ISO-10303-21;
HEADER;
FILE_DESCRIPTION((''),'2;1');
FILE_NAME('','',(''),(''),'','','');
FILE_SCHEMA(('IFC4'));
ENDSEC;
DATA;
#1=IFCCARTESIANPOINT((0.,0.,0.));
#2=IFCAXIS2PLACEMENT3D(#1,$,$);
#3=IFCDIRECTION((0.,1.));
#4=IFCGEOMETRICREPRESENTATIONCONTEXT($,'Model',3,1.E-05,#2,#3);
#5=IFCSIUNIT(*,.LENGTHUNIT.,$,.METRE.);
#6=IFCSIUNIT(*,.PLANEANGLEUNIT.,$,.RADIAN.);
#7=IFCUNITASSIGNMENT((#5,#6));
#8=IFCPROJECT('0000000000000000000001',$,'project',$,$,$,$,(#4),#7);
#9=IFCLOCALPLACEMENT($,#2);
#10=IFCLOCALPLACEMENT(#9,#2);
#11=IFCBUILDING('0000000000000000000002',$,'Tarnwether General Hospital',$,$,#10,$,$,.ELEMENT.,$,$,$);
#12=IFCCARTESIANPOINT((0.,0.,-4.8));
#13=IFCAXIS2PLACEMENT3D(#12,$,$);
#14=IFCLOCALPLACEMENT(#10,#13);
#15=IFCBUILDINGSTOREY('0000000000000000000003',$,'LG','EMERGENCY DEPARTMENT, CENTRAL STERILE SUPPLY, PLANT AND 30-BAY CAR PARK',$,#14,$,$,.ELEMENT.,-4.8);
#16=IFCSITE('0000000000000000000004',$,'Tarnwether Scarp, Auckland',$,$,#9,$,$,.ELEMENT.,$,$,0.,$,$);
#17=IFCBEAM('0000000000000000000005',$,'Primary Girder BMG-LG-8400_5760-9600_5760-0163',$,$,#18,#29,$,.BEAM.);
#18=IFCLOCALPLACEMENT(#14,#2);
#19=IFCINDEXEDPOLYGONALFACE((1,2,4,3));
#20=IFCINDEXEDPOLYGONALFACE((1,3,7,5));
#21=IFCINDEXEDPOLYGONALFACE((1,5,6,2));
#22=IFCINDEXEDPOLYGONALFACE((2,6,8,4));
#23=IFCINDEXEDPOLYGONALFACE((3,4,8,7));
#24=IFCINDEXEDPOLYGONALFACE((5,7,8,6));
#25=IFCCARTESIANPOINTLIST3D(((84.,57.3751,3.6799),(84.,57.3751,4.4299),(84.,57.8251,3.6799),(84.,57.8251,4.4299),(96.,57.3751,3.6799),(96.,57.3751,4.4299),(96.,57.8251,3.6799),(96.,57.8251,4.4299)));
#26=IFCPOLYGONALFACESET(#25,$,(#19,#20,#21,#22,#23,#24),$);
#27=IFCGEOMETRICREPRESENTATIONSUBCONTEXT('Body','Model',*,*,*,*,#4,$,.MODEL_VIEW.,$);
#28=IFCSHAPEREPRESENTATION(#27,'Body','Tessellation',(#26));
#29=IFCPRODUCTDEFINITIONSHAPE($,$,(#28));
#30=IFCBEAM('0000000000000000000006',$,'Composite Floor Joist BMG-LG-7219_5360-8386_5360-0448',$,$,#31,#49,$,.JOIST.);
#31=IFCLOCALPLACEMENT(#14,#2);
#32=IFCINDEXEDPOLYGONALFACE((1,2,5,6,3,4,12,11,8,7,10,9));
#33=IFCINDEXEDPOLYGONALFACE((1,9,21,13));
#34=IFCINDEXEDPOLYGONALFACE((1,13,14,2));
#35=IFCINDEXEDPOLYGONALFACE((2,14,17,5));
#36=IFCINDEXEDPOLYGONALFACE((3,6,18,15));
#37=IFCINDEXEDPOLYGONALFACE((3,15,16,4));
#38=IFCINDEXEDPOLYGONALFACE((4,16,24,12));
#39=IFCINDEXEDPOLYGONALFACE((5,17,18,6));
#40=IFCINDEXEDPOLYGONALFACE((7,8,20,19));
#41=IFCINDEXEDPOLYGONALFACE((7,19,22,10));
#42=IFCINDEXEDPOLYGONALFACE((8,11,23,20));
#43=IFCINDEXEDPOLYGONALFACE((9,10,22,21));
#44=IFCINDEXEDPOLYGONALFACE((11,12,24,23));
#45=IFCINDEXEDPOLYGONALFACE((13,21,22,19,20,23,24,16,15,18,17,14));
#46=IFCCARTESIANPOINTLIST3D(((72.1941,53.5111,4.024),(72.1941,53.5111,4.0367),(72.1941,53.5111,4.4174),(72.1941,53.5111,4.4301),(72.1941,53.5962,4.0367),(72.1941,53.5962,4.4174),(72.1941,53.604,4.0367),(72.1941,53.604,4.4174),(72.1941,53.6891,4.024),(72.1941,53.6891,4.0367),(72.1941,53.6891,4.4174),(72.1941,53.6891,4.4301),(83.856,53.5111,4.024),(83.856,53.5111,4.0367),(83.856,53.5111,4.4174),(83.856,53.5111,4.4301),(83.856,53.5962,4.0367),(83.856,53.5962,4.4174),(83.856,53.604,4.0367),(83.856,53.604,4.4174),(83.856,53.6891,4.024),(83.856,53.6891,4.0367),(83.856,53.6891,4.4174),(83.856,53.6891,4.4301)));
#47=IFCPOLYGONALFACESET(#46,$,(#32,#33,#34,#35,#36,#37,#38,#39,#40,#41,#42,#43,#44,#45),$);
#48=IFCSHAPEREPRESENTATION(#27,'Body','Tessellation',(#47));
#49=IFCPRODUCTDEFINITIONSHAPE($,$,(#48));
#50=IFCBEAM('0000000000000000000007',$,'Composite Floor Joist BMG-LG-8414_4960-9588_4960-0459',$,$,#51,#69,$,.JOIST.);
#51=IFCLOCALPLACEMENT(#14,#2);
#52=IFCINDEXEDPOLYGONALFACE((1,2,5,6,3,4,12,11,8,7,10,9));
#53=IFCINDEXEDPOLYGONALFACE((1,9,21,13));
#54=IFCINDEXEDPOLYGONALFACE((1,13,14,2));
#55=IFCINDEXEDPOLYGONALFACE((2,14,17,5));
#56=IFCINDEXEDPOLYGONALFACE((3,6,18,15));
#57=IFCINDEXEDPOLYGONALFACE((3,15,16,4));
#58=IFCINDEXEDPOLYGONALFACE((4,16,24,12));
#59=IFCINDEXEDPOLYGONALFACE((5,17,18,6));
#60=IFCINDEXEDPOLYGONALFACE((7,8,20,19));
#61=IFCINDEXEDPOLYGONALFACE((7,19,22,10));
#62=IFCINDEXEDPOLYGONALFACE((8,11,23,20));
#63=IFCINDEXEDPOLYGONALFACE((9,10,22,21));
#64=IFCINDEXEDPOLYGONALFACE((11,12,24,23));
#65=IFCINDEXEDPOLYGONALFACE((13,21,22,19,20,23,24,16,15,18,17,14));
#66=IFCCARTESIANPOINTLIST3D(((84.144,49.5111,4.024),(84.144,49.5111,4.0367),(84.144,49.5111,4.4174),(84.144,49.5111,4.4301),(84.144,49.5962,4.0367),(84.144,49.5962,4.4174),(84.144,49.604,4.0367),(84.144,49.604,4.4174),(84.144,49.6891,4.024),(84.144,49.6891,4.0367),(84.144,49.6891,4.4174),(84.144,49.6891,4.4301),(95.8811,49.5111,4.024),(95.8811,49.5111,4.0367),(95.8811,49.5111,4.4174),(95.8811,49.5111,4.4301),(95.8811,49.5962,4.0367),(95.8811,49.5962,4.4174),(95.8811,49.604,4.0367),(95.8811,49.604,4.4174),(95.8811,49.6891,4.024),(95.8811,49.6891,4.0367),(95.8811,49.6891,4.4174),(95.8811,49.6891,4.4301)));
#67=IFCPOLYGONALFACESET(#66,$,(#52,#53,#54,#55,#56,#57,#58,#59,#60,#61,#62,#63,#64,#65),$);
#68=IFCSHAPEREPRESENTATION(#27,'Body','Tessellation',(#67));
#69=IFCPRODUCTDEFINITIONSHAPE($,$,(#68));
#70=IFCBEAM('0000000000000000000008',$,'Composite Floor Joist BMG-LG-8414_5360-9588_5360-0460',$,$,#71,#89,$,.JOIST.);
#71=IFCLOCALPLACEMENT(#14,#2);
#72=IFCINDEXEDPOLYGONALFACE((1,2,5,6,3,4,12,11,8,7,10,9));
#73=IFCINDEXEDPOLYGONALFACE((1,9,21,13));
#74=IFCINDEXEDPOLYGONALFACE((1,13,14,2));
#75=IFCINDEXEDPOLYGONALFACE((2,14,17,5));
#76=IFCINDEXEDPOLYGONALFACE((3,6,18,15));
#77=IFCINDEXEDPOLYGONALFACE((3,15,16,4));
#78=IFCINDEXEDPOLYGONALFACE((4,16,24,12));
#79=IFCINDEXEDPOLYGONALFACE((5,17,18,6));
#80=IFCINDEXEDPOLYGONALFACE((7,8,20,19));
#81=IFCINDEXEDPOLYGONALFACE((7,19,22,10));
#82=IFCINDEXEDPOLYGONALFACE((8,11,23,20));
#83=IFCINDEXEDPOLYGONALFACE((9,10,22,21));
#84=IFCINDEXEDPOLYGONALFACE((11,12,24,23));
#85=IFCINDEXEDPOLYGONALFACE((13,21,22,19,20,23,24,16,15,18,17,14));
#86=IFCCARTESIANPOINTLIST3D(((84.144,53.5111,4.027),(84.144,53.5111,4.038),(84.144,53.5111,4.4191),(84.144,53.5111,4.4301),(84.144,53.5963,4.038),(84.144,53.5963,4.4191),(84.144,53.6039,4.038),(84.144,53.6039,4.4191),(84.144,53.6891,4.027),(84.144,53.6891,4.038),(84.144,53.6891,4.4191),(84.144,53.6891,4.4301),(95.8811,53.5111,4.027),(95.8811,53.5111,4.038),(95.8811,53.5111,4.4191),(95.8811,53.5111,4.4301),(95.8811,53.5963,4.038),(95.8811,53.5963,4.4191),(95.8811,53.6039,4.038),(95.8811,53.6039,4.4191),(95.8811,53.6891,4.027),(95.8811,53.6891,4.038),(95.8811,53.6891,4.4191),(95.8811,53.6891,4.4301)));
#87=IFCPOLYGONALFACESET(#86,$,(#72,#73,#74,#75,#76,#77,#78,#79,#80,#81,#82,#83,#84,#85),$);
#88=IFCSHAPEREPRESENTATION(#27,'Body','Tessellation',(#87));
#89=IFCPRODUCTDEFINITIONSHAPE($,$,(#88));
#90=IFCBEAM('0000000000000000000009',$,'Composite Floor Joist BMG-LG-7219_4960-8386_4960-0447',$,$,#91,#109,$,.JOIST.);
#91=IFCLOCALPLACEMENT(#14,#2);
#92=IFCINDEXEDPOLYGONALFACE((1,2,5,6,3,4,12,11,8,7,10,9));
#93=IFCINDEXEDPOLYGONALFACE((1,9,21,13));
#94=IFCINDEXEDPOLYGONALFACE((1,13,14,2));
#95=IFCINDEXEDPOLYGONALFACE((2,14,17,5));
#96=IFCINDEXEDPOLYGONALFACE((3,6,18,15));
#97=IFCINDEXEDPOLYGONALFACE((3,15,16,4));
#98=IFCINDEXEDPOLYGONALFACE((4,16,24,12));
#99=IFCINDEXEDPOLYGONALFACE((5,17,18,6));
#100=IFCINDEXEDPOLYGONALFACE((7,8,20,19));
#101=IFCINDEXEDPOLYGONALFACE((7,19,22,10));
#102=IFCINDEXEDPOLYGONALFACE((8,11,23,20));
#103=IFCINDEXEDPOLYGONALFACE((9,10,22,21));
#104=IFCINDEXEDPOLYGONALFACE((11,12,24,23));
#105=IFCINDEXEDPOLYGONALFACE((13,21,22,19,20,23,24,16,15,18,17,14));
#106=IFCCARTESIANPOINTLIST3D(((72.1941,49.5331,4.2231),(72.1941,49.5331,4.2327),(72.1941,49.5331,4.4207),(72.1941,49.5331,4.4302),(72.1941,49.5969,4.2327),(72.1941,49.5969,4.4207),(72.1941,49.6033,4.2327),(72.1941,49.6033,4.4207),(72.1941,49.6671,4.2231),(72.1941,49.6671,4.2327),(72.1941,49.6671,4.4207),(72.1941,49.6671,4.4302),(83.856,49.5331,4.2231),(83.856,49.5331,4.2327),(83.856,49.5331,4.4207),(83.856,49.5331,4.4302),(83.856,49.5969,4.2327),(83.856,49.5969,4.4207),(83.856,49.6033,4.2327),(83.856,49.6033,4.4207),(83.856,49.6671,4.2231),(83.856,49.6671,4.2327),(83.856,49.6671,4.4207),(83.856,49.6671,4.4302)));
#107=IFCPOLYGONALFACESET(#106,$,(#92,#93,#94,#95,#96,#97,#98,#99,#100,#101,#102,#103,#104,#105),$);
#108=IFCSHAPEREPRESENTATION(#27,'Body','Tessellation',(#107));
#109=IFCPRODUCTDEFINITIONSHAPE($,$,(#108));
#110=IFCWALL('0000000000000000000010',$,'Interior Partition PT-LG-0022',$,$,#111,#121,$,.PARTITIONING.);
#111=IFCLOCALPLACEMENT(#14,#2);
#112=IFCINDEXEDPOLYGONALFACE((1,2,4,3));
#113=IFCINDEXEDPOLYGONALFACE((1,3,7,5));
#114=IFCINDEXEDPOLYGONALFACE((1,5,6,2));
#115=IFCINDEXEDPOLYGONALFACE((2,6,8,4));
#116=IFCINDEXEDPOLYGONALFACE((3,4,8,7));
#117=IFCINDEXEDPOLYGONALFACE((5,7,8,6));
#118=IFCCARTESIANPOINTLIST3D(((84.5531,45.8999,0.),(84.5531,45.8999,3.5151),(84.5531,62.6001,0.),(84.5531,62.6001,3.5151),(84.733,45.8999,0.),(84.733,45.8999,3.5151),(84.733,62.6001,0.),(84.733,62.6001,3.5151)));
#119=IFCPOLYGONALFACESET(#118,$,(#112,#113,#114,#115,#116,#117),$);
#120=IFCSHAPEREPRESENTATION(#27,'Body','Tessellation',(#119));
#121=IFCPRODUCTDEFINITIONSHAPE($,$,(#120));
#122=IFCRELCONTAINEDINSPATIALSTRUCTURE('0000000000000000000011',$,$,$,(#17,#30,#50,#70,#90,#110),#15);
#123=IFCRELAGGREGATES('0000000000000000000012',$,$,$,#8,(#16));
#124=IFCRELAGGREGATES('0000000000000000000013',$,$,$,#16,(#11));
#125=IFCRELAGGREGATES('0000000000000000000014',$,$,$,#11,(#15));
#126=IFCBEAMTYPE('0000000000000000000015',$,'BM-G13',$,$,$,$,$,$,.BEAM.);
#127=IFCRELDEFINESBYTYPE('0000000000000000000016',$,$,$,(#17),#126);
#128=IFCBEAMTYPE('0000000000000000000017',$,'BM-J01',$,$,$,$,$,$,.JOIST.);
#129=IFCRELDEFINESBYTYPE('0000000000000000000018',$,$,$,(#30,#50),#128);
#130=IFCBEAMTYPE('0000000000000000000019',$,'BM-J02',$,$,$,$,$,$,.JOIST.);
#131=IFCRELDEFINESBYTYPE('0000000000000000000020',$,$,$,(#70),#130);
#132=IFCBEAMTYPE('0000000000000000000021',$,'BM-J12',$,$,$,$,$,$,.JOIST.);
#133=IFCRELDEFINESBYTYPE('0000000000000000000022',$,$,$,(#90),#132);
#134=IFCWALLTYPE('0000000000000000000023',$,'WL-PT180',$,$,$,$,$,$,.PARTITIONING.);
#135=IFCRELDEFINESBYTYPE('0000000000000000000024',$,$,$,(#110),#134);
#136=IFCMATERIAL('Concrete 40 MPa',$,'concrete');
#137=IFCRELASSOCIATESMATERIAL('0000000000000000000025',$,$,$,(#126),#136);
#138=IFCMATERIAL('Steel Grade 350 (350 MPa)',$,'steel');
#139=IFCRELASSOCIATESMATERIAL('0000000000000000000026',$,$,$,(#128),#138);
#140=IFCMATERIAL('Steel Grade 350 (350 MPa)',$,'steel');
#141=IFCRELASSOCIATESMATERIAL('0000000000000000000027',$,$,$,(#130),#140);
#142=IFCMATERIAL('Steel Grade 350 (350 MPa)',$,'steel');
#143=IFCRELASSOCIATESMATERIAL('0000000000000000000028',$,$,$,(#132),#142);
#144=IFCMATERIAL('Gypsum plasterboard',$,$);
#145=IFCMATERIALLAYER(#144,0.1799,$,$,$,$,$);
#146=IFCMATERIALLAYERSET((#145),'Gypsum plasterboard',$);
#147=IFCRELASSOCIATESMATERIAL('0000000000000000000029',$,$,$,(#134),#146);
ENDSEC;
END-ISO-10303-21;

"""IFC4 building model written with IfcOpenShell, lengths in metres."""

from ifc_helpers import new_model, si_unit, direction, frame, frame_2d, origin, origin_2d, place, context, subcontext, project, spatial, rectangle, i_section, extrude, material, layer, layer_set, material_profile, profile_set, type_object, element, save


model = new_model("IFC4")

# Units and contexts
model_context = context("Model", 3, precision=1e-05, world=origin(), true_north=direction((0.0, 1.0)))
body_context = subcontext(model_context, "Body", "Model", "MODEL_VIEW")
ifc_project = project(units=[si_unit("LENGTHUNIT", "METRE"), si_unit("PLANEANGLEUNIT", "RADIAN")], contexts=[model_context])

# Site, building, storey
site_placement = place(None, origin())
site = spatial("IfcSite", under=ifc_project, at=site_placement, Name="Tarnwether Scarp, Auckland", CompositionType="ELEMENT", RefElevation=0.0)
building_placement = place(site_placement, origin())
building = spatial("IfcBuilding", under=site, at=building_placement, Name="Tarnwether General Hospital", CompositionType="ELEMENT")
storey_placement = place(building_placement, frame((0.0, 0.0, -4.8)))
storey = spatial("IfcBuildingStorey", under=building, at=storey_placement, Name="LG", Description="EMERGENCY DEPARTMENT, CENTRAL STERILE SUPPLY, PLANT AND 30-BAY CAR PARK", CompositionType="ELEMENT", Elevation=-4.8)

# Beams
ifc_material_1 = material(Name="Concrete 40 MPa", Category="concrete")
ifc_material_profile_1 = material_profile(ifc_material_1, rectangle(XDim=0.45, YDim=0.75, at=origin_2d()), Name="RC-BM-450x750")
ifc_profile_set_1 = profile_set([ifc_material_profile_1], Name="Concrete 40 MPa")
beam_type_1 = type_object("IfcBeamType", Name="BM-G13", PredefinedType="BEAM", material=ifc_profile_set_1)
beam_1_placement = place(storey_placement, frame((84.0, 57.6001, 4.0549), z_axis=(1.0, 0.0, 0.0), x_axis=(0.0, 1.0, 0.0)))
element("IfcBeam", 1, at=beam_1_placement, inside=storey, type_object=beam_type_1, Name="Primary Girder BMG-LG-8400_5760-9600_5760-0163", PredefinedType="BEAM", context=body_context, shape_type="SweptSolid", body=[
    extrude(rectangle(XDim=0.45, YDim=0.75, at=origin_2d()), origin(), (0.0, 0.0, 1.0), 12.0),
])
ifc_material_2 = material(Name="Steel Grade 350 (350 MPa)", Category="steel")
ifc_material_profile_2 = material_profile(ifc_material_2, i_section(OverallWidth=0.178, OverallDepth=0.406, WebThickness=0.0078, FlangeThickness=0.0127, at=origin_2d()), Name="410UB59.7")
ifc_profile_set_2 = profile_set([ifc_material_profile_2], Name="Steel Grade 350 (350 MPa)")
beam_type_2 = type_object("IfcBeamType", Name="BM-J01", PredefinedType="JOIST", material=ifc_profile_set_2)
beam_2_placement = place(storey_placement, frame((72.1941, 53.6001, 4.2271), z_axis=(1.0, 0.0, 0.0), x_axis=(0.0, 1.0, 0.0)))
element("IfcBeam", 2, at=beam_2_placement, inside=storey, type_object=beam_type_2, Name="Composite Floor Joist BMG-LG-7219_5360-8386_5360-0448", PredefinedType="JOIST", context=body_context, shape_type="SweptSolid", body=[
    extrude(i_section(OverallWidth=0.178, OverallDepth=0.406, WebThickness=0.0078, FlangeThickness=0.0127, at=origin_2d()), origin(), (0.0, 0.0, 1.0), 11.6619),
])
beam_3_placement = place(storey_placement, frame((84.144, 49.6001, 4.2271), z_axis=(1.0, 0.0, 0.0), x_axis=(0.0, 1.0, 0.0)))
element("IfcBeam", 3, at=beam_3_placement, inside=storey, type_object=beam_type_2, Name="Composite Floor Joist BMG-LG-8414_4960-9588_4960-0459", PredefinedType="JOIST", context=body_context, shape_type="SweptSolid", body=[
    extrude(i_section(OverallWidth=0.178, OverallDepth=0.406, WebThickness=0.0078, FlangeThickness=0.0127, at=origin_2d()), origin(), (0.0, 0.0, 1.0), 11.7371),
])
ifc_material_3 = material(Name="Steel Grade 350 (350 MPa)", Category="steel")
ifc_material_profile_3 = material_profile(ifc_material_3, i_section(OverallWidth=0.178, OverallDepth=0.4031, WebThickness=0.0076, FlangeThickness=0.011, at=origin_2d()), Name="410UB53.7")
ifc_profile_set_3 = profile_set([ifc_material_profile_3], Name="Steel Grade 350 (350 MPa)")
beam_type_3 = type_object("IfcBeamType", Name="BM-J02", PredefinedType="JOIST", material=ifc_profile_set_3)
beam_4_placement = place(storey_placement, frame((84.144, 53.6001, 4.2285), z_axis=(1.0, 0.0, 0.0), x_axis=(0.0, 1.0, 0.0)))
element("IfcBeam", 4, at=beam_4_placement, inside=storey, type_object=beam_type_3, Name="Composite Floor Joist BMG-LG-8414_5360-9588_5360-0460", PredefinedType="JOIST", context=body_context, shape_type="SweptSolid", body=[
    extrude(i_section(OverallWidth=0.178, OverallDepth=0.4031, WebThickness=0.0076, FlangeThickness=0.011, at=origin_2d()), origin(), (0.0, 0.0, 1.0), 11.7371),
])
ifc_material_4 = material(Name="Steel Grade 350 (350 MPa)", Category="steel")
ifc_material_profile_4 = material_profile(ifc_material_4, i_section(OverallWidth=0.134, OverallDepth=0.207, WebThickness=0.0063, FlangeThickness=0.0095, at=origin_2d()), Name="200UB29.8")
ifc_profile_set_4 = profile_set([ifc_material_profile_4], Name="Steel Grade 350 (350 MPa)")
beam_type_4 = type_object("IfcBeamType", Name="BM-J12", PredefinedType="JOIST", material=ifc_profile_set_4)
beam_5_placement = place(storey_placement, frame((72.1941, 49.6001, 4.3267), z_axis=(1.0, 0.0, 0.0), x_axis=(0.0, 1.0, 0.0)))
element("IfcBeam", 5, at=beam_5_placement, inside=storey, type_object=beam_type_4, Name="Composite Floor Joist BMG-LG-7219_4960-8386_4960-0447", PredefinedType="JOIST", context=body_context, shape_type="SweptSolid", body=[
    extrude(i_section(OverallWidth=0.134, OverallDepth=0.207, WebThickness=0.0063, FlangeThickness=0.0095, at=origin_2d()), origin(), (0.0, 0.0, 1.0), 11.6619),
])

# Wall
ifc_material_5 = material(Name="Gypsum plasterboard")
ifc_layer = layer(ifc_material_5, 0.1799)
ifc_layer_set = layer_set([ifc_layer], Name="Gypsum plasterboard")
wall_type = type_object("IfcWallType", Name="WL-PT180", PredefinedType="PARTITIONING", material=ifc_layer_set)
wall_placement = place(storey_placement, frame((84.6431, 45.8999, 0.0), z_axis=(0.0, 0.0, 1.0), x_axis=(0.0, 1.0, 0.0)))
element("IfcWall", 6, at=wall_placement, inside=storey, type_object=wall_type, Name="Interior Partition PT-LG-0022", PredefinedType="PARTITIONING", context=body_context, shape_type="SweptSolid", body=[
    extrude(rectangle(XDim=16.7002, YDim=0.1799, at=frame_2d((8.3501, 0.0))), origin(), (0.0, 0.0, 1.0), 3.5151),
])

save(model, "model.ifc")
